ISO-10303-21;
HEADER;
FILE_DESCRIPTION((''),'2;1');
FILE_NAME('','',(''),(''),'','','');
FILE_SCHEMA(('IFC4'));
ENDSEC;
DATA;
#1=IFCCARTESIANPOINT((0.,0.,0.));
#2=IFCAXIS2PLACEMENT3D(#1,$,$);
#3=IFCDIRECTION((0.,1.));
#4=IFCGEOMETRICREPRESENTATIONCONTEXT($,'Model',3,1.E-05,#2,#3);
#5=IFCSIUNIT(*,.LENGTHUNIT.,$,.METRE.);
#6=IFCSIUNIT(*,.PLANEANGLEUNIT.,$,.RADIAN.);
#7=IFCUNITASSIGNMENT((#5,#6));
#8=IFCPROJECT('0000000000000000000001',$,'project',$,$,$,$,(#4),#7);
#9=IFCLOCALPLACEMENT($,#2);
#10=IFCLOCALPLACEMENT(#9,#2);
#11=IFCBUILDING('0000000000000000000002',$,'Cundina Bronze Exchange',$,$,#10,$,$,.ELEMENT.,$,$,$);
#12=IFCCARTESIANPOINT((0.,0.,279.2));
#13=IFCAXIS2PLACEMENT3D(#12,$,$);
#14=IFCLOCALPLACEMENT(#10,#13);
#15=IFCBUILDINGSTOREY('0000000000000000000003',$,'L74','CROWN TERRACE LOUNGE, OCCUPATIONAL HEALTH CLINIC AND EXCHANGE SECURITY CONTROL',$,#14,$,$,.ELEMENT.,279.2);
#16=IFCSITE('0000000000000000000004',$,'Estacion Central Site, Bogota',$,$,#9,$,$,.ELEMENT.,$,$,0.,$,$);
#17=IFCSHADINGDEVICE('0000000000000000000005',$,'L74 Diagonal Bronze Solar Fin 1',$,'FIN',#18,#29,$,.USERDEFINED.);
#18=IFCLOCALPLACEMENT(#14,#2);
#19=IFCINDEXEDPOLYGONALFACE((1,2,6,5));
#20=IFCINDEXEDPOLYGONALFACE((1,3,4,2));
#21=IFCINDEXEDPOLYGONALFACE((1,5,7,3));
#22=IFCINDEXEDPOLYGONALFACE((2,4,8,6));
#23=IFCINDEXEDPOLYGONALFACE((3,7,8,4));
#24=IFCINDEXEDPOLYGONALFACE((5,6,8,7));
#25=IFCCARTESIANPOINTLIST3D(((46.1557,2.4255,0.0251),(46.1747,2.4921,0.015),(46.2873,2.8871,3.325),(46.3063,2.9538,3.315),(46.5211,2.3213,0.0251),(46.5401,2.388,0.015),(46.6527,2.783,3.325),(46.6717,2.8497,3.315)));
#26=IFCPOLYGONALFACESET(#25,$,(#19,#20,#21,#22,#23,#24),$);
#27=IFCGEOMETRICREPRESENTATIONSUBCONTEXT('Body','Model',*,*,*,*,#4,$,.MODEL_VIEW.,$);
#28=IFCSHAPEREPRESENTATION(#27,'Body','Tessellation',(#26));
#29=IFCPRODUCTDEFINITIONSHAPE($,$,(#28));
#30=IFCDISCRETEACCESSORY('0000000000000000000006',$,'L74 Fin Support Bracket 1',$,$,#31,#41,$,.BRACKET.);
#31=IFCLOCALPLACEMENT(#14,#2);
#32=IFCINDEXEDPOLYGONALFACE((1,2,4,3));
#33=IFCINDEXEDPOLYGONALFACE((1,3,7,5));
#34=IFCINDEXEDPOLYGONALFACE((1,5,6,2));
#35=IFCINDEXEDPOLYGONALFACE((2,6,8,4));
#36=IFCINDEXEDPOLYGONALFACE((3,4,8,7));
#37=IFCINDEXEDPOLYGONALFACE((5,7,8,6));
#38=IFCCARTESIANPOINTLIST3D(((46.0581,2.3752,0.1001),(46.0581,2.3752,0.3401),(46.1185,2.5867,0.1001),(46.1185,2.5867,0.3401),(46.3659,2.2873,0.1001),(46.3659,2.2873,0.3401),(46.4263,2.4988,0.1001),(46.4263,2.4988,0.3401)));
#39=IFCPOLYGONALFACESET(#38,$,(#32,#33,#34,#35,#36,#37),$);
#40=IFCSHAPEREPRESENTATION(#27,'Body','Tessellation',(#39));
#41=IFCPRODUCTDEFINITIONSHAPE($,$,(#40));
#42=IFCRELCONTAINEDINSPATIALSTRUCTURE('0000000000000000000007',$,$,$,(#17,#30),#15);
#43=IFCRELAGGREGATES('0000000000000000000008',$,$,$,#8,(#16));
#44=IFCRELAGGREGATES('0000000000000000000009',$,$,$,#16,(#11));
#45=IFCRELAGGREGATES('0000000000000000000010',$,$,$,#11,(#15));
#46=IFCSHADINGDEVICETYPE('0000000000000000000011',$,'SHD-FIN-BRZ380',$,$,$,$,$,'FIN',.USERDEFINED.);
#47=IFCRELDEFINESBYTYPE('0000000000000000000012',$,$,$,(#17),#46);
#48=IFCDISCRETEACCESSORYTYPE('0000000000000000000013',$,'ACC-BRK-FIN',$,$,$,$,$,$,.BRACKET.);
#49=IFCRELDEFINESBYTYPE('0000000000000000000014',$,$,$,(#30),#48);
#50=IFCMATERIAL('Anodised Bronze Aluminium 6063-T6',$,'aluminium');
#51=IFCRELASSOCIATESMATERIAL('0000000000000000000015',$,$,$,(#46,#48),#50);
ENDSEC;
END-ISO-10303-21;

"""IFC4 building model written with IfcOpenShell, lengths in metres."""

from ifc_helpers import new_model, si_unit, direction, frame, origin, origin_2d, place, context, subcontext, project, spatial, rectangle, extrude, material, material_profile, profile_set, type_object, element, save


model = new_model("IFC4")

# Units and contexts
model_context = context("Model", 3, precision=1e-05, world=origin(), true_north=direction((0.0, 1.0)))
body_context = subcontext(model_context, "Body", "Model", "MODEL_VIEW")
ifc_project = project(units=[si_unit("LENGTHUNIT", "METRE"), si_unit("PLANEANGLEUNIT", "RADIAN")], contexts=[model_context])

# Site, building, storey
site_placement = place(None, origin())
site = spatial("IfcSite", under=ifc_project, at=site_placement, Name="Estacion Central Site, Bogota", CompositionType="ELEMENT", RefElevation=0.0)
building_placement = place(site_placement, origin())
building = spatial("IfcBuilding", under=site, at=building_placement, Name="Cundina Bronze Exchange", CompositionType="ELEMENT")
storey_placement = place(building_placement, frame((0.0, 0.0, 279.2)))
storey = spatial("IfcBuildingStorey", under=building, at=storey_placement, Name="L74", Description="CROWN TERRACE LOUNGE, OCCUPATIONAL HEALTH CLINIC AND EXCHANGE SECURITY CONTROL", CompositionType="ELEMENT", Elevation=279.2)

# Shared definitions
ifc_material_1 = material(Name="Anodised Bronze Aluminium 6063-T6", Category="aluminium")

# Shading device
ifc_material_profile_1 = material_profile(ifc_material_1, rectangle(XDim=0.0701, YDim=0.3799, at=origin_2d()), Name="FIN70X380", Category="aluminium")
ifc_profile_set_1 = profile_set([ifc_material_profile_1], Name="Anodised Bronze Aluminium 6063-T6")
shading_device_type = type_object("IfcShadingDeviceType", Name="SHD-FIN-BRZ380", ElementType="FIN", PredefinedType="USERDEFINED", material=ifc_profile_set_1)
shading_device_placement = place(storey_placement, frame((46.3479, 2.4067, 0.02), z_axis=(0.03946, 0.138441, 0.989584), x_axis=(-0.271261, -0.95168, 0.143955)))
element("IfcShadingDevice", 1, at=shading_device_placement, inside=storey, type_object=shading_device_type, Name="L74 Diagonal Bronze Solar Fin 1", ObjectType="FIN", PredefinedType="USERDEFINED", context=body_context, shape_type="SweptSolid", body=[
    extrude(rectangle(XDim=0.0701, YDim=0.3799, at=origin_2d()), origin(), (0.0, 0.0, 1.0), 3.3347),
])

# Discrete accessory
discrete_accessory_type = type_object("IfcDiscreteAccessoryType", Name="ACC-BRK-FIN", PredefinedType="BRACKET", material=ifc_material_1)
discrete_accessory_placement = place(storey_placement, frame((46.2422, 2.437, 0.1001), z_axis=(0.0, 0.0, 1.0), x_axis=(0.274563, 0.961569, 0.0)))
element("IfcDiscreteAccessory", 2, at=discrete_accessory_placement, inside=storey, type_object=discrete_accessory_type, Name="L74 Fin Support Bracket 1", PredefinedType="BRACKET", context=body_context, shape_type="SweptSolid", body=[
    extrude(rectangle(XDim=0.22, YDim=0.3201, at=origin_2d()), origin(), (0.0, 0.0, 1.0), 0.24),
])

save(model, "model.ifc")
